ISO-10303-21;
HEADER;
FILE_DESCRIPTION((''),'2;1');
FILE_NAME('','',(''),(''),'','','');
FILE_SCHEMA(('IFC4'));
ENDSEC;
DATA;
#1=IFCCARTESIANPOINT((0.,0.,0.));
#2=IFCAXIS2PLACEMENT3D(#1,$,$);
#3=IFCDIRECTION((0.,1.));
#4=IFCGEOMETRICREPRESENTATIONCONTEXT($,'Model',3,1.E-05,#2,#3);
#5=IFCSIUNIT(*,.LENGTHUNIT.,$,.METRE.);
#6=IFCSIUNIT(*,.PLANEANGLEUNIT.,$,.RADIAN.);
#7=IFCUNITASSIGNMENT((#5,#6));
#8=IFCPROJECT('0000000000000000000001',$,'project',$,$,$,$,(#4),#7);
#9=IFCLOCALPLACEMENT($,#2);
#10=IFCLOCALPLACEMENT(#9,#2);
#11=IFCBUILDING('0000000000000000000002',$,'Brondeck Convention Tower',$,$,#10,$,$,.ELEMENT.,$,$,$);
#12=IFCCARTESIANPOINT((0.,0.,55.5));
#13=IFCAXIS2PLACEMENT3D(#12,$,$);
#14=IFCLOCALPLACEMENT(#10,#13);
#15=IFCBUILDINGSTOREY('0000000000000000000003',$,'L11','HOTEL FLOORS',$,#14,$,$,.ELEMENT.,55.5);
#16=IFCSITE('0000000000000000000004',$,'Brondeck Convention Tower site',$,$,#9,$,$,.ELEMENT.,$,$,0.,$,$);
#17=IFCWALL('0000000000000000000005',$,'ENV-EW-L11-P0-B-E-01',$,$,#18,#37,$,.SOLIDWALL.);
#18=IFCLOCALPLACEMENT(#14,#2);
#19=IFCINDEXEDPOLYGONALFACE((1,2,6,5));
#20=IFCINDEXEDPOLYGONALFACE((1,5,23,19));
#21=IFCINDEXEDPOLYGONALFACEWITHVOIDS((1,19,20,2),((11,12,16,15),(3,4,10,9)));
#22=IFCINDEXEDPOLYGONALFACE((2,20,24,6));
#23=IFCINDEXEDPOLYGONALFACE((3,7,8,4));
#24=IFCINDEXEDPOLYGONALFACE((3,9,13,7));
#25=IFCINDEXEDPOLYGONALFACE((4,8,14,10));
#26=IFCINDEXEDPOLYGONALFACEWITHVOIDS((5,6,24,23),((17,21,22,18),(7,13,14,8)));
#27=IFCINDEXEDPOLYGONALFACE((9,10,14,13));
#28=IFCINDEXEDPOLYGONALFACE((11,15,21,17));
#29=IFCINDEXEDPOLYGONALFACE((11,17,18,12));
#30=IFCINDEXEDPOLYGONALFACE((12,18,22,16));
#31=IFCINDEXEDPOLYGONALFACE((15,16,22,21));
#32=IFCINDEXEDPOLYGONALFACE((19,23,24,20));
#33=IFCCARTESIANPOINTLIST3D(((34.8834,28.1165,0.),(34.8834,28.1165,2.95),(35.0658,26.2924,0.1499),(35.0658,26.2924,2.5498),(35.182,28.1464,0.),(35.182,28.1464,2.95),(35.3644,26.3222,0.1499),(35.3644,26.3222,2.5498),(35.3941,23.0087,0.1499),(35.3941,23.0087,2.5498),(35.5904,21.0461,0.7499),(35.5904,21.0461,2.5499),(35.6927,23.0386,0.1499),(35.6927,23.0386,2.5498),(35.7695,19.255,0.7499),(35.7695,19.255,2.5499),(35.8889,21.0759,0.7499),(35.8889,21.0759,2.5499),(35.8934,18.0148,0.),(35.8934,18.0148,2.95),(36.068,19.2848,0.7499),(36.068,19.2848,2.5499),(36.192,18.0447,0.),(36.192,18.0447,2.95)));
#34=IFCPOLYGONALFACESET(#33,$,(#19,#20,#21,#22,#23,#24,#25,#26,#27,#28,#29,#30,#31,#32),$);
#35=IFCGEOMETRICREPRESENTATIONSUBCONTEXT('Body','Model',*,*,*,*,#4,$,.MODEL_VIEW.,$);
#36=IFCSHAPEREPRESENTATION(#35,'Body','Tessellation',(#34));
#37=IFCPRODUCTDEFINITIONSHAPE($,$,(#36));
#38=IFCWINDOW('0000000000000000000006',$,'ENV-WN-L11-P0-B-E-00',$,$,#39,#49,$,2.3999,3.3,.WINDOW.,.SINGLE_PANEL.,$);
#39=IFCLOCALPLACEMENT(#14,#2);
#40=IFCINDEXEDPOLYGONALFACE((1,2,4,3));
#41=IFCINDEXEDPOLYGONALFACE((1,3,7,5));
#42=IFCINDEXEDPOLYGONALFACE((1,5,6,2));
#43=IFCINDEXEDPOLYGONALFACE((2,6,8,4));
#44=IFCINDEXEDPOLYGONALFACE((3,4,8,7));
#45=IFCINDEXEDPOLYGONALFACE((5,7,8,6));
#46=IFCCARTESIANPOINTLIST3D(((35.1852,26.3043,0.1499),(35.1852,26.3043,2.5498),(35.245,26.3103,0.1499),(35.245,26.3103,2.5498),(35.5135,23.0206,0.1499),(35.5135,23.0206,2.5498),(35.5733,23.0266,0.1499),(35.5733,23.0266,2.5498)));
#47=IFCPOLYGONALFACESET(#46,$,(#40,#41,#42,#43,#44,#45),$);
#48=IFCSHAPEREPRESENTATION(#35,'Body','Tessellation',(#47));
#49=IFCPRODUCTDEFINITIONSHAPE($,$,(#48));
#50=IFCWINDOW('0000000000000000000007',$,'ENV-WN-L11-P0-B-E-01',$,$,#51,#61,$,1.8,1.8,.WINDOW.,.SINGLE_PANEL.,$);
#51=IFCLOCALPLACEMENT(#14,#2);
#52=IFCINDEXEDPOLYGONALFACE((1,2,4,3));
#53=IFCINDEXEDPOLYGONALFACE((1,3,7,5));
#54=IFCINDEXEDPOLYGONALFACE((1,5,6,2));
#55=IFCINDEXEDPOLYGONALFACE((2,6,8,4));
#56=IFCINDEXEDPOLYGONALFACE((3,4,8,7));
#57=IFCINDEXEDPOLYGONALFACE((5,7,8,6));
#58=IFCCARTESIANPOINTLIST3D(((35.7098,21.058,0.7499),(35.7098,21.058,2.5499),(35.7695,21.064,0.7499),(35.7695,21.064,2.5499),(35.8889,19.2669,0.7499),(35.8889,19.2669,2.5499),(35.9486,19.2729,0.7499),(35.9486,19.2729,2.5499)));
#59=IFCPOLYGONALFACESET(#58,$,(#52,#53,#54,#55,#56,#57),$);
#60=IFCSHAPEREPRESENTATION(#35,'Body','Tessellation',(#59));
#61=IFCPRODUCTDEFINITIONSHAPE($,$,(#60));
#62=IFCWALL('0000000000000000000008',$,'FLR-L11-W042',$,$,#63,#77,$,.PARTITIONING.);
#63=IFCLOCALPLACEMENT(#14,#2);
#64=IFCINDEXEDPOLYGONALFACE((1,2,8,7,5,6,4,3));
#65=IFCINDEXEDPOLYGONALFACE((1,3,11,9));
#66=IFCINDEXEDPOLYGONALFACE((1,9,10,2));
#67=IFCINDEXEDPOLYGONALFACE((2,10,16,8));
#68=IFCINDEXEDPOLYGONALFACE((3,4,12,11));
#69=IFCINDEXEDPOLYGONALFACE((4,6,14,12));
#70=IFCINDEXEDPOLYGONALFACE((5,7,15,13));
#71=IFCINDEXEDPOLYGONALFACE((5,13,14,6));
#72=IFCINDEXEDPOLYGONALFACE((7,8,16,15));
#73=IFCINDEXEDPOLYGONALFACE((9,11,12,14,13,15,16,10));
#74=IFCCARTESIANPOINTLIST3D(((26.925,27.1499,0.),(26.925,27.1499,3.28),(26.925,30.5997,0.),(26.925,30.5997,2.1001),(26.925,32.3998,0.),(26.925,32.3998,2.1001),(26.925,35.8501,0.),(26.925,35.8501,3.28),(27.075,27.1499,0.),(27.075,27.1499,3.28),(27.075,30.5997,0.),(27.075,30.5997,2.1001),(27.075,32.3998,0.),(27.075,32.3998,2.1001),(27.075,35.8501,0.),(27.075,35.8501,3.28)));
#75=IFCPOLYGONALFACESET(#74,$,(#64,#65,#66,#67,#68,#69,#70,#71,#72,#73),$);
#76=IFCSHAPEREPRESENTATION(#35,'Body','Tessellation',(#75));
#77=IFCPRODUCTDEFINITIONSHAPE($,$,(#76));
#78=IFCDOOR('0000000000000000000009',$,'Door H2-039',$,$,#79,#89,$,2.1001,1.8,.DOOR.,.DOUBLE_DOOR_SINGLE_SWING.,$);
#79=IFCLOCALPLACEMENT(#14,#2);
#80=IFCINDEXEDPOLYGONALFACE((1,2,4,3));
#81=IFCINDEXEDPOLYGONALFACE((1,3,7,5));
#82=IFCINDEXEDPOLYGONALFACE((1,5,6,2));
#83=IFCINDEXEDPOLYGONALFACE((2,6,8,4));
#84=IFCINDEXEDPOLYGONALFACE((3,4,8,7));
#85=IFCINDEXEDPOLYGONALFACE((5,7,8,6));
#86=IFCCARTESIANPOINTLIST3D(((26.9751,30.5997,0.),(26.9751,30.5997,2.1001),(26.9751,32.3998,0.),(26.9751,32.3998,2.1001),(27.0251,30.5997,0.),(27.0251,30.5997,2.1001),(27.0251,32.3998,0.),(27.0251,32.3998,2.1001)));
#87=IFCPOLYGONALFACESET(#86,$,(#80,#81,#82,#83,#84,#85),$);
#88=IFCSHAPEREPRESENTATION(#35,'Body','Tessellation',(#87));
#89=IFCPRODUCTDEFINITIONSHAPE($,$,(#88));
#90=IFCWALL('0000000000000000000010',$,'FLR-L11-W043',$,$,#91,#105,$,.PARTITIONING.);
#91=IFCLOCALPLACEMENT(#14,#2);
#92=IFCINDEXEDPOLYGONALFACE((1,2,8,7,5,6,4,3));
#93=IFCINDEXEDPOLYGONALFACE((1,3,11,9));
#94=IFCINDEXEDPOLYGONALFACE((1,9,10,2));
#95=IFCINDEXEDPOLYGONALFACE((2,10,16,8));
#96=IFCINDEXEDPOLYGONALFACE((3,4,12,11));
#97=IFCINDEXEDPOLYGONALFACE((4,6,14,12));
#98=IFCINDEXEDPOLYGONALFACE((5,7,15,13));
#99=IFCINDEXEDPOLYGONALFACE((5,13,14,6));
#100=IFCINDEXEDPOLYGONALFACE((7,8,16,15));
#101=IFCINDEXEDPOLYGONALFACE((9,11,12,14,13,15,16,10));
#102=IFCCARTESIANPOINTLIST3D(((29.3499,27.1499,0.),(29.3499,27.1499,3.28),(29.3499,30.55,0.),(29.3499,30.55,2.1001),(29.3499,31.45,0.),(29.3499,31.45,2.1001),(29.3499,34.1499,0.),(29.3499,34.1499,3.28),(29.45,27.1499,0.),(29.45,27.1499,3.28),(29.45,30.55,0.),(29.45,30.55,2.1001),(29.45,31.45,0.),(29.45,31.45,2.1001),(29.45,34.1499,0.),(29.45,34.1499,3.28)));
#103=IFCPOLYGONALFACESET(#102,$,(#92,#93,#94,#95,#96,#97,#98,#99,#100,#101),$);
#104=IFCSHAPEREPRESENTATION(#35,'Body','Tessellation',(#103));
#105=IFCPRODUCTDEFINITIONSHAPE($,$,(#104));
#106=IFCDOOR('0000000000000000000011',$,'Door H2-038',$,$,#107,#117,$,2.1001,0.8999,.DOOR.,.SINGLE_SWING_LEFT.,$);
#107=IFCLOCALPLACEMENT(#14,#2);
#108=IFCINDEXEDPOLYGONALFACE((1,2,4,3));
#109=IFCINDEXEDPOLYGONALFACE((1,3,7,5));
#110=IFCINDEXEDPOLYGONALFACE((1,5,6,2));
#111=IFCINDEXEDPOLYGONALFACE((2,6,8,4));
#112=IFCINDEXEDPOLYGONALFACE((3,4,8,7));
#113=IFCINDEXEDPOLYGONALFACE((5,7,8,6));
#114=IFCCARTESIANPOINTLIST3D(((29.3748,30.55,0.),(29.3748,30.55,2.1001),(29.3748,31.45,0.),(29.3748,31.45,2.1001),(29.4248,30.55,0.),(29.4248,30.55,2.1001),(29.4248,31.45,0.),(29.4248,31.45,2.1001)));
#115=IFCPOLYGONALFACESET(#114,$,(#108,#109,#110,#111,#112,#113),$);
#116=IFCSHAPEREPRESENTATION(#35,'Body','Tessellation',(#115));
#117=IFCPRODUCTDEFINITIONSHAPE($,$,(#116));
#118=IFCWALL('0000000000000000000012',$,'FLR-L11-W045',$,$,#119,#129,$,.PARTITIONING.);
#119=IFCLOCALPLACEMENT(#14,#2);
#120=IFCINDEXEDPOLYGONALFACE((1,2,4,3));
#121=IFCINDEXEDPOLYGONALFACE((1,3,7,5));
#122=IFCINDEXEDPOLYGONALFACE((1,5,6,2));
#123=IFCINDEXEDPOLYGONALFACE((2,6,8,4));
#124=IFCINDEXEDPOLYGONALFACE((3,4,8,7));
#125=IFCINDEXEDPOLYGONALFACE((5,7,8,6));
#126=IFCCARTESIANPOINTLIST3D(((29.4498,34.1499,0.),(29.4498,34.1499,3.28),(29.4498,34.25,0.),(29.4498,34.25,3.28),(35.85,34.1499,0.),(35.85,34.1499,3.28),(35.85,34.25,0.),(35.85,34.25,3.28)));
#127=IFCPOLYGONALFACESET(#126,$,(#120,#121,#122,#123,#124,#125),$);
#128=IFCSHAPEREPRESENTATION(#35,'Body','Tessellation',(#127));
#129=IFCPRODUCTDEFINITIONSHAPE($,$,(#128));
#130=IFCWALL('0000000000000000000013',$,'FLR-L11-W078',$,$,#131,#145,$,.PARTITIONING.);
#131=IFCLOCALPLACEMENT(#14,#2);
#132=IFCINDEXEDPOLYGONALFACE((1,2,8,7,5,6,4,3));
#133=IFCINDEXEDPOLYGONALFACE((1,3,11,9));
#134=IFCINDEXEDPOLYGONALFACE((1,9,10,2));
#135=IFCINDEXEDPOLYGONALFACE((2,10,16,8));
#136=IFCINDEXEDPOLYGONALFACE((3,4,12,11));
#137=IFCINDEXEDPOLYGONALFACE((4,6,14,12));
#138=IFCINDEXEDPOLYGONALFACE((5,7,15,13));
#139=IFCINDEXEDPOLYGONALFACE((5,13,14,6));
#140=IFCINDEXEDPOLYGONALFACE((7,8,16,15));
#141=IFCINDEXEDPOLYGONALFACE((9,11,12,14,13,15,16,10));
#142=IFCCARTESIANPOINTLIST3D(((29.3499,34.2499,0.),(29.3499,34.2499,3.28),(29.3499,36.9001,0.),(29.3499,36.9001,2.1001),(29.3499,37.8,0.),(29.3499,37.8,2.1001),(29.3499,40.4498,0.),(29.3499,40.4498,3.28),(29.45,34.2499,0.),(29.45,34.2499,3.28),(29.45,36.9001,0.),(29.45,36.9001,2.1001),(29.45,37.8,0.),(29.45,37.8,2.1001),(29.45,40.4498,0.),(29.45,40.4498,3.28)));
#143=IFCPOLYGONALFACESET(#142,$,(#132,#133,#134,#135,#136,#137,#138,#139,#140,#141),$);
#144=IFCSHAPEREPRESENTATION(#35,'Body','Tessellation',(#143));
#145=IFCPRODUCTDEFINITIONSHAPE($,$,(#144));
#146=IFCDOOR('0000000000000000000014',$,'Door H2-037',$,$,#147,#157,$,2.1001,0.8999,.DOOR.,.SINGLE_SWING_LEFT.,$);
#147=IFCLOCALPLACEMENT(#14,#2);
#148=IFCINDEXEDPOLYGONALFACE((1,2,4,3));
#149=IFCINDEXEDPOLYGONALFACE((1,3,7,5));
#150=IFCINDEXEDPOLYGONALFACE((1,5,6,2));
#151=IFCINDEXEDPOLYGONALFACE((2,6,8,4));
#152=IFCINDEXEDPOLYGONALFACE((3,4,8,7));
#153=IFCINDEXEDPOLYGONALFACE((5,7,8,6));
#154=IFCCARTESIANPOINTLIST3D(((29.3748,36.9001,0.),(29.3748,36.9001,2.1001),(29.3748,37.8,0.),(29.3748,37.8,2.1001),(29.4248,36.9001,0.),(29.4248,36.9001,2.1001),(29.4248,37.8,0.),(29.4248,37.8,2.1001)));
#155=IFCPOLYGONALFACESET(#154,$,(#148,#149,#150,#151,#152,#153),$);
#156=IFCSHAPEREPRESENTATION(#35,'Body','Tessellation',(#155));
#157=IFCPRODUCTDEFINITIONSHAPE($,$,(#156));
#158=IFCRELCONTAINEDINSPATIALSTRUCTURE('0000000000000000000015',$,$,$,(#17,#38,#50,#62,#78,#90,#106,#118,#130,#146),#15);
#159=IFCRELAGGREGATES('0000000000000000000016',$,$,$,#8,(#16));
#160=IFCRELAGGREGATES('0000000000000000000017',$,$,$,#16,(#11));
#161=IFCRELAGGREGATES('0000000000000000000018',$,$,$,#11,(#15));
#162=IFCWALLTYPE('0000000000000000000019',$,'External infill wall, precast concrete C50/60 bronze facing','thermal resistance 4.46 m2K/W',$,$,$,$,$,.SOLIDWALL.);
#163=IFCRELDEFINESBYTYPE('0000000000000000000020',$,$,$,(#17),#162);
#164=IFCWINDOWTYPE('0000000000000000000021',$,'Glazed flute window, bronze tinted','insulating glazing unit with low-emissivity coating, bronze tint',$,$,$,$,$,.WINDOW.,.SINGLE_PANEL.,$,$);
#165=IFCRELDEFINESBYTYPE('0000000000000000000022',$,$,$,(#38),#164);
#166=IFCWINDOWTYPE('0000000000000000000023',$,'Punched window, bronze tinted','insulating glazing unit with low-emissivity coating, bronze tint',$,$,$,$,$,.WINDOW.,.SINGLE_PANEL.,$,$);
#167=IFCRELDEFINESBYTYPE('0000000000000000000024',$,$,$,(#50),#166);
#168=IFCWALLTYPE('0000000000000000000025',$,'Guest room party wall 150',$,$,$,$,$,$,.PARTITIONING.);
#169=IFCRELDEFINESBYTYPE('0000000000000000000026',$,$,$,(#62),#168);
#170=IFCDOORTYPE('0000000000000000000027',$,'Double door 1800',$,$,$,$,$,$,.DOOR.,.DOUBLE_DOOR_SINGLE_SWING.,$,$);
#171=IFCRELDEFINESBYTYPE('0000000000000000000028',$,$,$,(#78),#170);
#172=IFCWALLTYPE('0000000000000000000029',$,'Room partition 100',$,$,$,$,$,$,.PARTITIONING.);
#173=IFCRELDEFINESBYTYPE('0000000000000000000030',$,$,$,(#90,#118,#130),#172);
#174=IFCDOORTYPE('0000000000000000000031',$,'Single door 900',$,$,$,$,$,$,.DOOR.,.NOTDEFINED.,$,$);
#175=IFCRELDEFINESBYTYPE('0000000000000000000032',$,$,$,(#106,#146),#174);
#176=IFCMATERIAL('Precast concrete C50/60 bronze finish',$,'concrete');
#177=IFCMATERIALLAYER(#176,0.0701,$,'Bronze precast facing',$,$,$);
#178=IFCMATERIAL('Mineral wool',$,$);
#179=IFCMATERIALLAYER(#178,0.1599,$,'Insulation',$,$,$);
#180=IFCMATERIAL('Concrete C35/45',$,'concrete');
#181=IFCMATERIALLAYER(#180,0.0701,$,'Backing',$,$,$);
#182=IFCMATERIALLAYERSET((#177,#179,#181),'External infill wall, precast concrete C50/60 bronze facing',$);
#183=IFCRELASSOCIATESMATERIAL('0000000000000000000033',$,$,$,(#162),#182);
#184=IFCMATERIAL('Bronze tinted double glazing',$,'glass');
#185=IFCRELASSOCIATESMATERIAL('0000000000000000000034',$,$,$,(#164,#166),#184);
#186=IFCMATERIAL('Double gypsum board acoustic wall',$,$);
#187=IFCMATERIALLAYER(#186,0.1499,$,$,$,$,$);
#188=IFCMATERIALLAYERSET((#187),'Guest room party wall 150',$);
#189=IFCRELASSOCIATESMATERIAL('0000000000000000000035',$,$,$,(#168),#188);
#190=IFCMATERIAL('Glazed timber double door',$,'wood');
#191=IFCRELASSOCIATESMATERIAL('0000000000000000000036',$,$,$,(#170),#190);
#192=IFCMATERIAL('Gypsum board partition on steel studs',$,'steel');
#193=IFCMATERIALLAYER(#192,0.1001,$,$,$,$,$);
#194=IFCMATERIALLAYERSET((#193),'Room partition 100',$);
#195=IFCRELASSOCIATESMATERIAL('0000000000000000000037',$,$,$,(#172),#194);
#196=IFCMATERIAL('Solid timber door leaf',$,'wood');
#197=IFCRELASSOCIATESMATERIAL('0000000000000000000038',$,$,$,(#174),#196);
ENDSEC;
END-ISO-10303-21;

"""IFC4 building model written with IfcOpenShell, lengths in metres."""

from ifc_helpers import new_model, si_unit, direction, frame, frame_2d, origin, place, context, subcontext, project, spatial, rectangle, extrude, material, layer, layer_set, type_object, element, fill, save


model = new_model("IFC4")

# Units and contexts
model_context = context("Model", 3, precision=1e-05, world=origin(), true_north=direction((0.0, 1.0)))
body_context = subcontext(model_context, "Body", "Model", "MODEL_VIEW")
ifc_project = project(units=[si_unit("LENGTHUNIT", "METRE"), si_unit("PLANEANGLEUNIT", "RADIAN")], contexts=[model_context])

# Site, building, storey
site_placement = place(None, origin())
site = spatial("IfcSite", under=ifc_project, at=site_placement, Name="Brondeck Convention Tower site", CompositionType="ELEMENT", RefElevation=0.0)
building_placement = place(site_placement, origin())
building = spatial("IfcBuilding", under=site, at=building_placement, Name="Brondeck Convention Tower", CompositionType="ELEMENT")
storey_placement = place(building_placement, frame((0.0, 0.0, 55.5)))
storey = spatial("IfcBuildingStorey", under=building, at=storey_placement, Name="L11", Description="HOTEL FLOORS", CompositionType="ELEMENT", Elevation=55.5)

# Wall, openings, windows
ifc_material_1 = material(Name="Precast concrete C50/60 bronze finish", Category="concrete")
ifc_layer_1 = layer(ifc_material_1, 0.0701, Name="Bronze precast facing")
ifc_material_2 = material(Name="Mineral wool")
ifc_layer_2 = layer(ifc_material_2, 0.1599, Name="Insulation")
ifc_material_3 = material(Name="Concrete C35/45", Category="concrete")
ifc_layer_3 = layer(ifc_material_3, 0.0701, Name="Backing")
ifc_layer_set_1 = layer_set([ifc_layer_1, ifc_layer_2, ifc_layer_3], Name="External infill wall, precast concrete C50/60 bronze facing")
wall_type_1 = type_object("IfcWallType", Name="External infill wall, precast concrete C50/60 bronze facing", Description="thermal resistance 4.46 m2K/W", PredefinedType="SOLIDWALL", material=ifc_layer_set_1)
wall_1_placement = place(storey_placement, frame((35.0327, 28.1316, 0.0), z_axis=(0.0, 0.0, 1.0), x_axis=(0.099487, -0.995039, 0.0)))
wall_1 = element("IfcWall", 1, at=wall_1_placement, inside=storey, type_object=wall_type_1, Name="ENV-EW-L11-P0-B-E-01", PredefinedType="SOLIDWALL", context=body_context, shape_type="SweptSolid", body=[
    extrude(rectangle(XDim=10.1521, YDim=0.3, at=frame_2d((5.0762, 0.0))), origin(), (0.0, 0.0, 1.0), 2.95),
])
opening_1_placement = place(wall_1_placement, frame((1.8335, 0.0, 0.1499)))
opening_1 = element("IfcOpeningElement", 2, at=opening_1_placement, cuts=wall_1, PredefinedType="OPENING", context=body_context, shape_type="SweptSolid", body=[
    extrude(rectangle(XDim=3.3, YDim=2.3999, at=frame_2d((1.6499, 1.2))), frame((0.0, 0.1599, 0.0), z_axis=(0.0, -1.0, 0.0), x_axis=(1.0, 0.0, 0.0)), (0.0, 0.0, 1.0), 0.3201),
])
opening_2_placement = place(wall_1_placement, frame((7.106, 0.0, 0.75)))
opening_2 = element("IfcOpeningElement", 3, at=opening_2_placement, cuts=wall_1, PredefinedType="OPENING", context=body_context, shape_type="SweptSolid", body=[
    extrude(rectangle(XDim=1.8, YDim=1.8, at=frame_2d((0.8999, 0.8999))), frame((0.0, 0.1599, 0.0), z_axis=(0.0, -1.0, 0.0), x_axis=(1.0, 0.0, 0.0)), (0.0, 0.0, 1.0), 0.3201),
])
ifc_material_4 = material(Name="Bronze tinted double glazing", Category="glass")
window_type_1 = type_object("IfcWindowType", Name="Glazed flute window, bronze tinted", Description="insulating glazing unit with low-emissivity coating, bronze tint", PartitioningType="SINGLE_PANEL", PredefinedType="WINDOW", material=ifc_material_4)
window_1_placement = place(opening_1_placement, origin())
window_1 = element("IfcWindow", 4, at=window_1_placement, inside=storey, type_object=window_type_1, Name="ENV-WN-L11-P0-B-E-00", OverallHeight=2.3999, OverallWidth=3.3, PartitioningType="SINGLE_PANEL", PredefinedType="WINDOW", context=body_context, shape_type="SweptSolid", body=[
    extrude(rectangle(XDim=3.3, YDim=2.3999, at=frame_2d((1.6499, 1.2))), frame((0.0, 0.03, 0.0), z_axis=(0.0, -1.0, 0.0), x_axis=(1.0, 0.0, 0.0)), (0.0, 0.0, 1.0), 0.0601),
])
fill(opening_1, window_1)
window_type_2 = type_object("IfcWindowType", Name="Punched window, bronze tinted", Description="insulating glazing unit with low-emissivity coating, bronze tint", PartitioningType="SINGLE_PANEL", PredefinedType="WINDOW", material=ifc_material_4)
window_2_placement = place(opening_2_placement, origin())
window_2 = element("IfcWindow", 5, at=window_2_placement, inside=storey, type_object=window_type_2, Name="ENV-WN-L11-P0-B-E-01", OverallHeight=1.8, OverallWidth=1.8, PartitioningType="SINGLE_PANEL", PredefinedType="WINDOW", context=body_context, shape_type="SweptSolid", body=[
    extrude(rectangle(XDim=1.8, YDim=1.8, at=frame_2d((0.8999, 0.8999))), frame((0.0, 0.03, 0.0), z_axis=(0.0, -1.0, 0.0), x_axis=(1.0, 0.0, 0.0)), (0.0, 0.0, 1.0), 0.0601),
])
fill(opening_2, window_2)

# Walls, openings, doors
ifc_material_5 = material(Name="Double gypsum board acoustic wall")
ifc_layer_4 = layer(ifc_material_5, 0.1499)
ifc_layer_set_2 = layer_set([ifc_layer_4], Name="Guest room party wall 150")
wall_type_2 = type_object("IfcWallType", Name="Guest room party wall 150", PredefinedType="PARTITIONING", material=ifc_layer_set_2)
wall_2_placement = place(storey_placement, frame((27.0, 27.1499, 0.0), z_axis=(0.0, 0.0, 1.0), x_axis=(0.0, 1.0, 0.0)))
wall_2 = element("IfcWall", 6, at=wall_2_placement, inside=storey, type_object=wall_type_2, Name="FLR-L11-W042", PredefinedType="PARTITIONING", context=body_context, shape_type="SweptSolid", body=[
    extrude(rectangle(XDim=8.7002, YDim=0.1499, at=frame_2d((4.3501, 0.0))), origin(), (0.0, 0.0, 1.0), 3.28),
])
opening_3_placement = place(wall_2_placement, frame((3.45, 0.0, 0.0)))
opening_3 = element("IfcOpeningElement", 7, at=opening_3_placement, cuts=wall_2, PredefinedType="OPENING", context=body_context, shape_type="SweptSolid", body=[
    extrude(rectangle(XDim=1.8, YDim=2.1001, at=frame_2d((0.8999, 1.05))), frame((0.0, 0.085, 0.0), z_axis=(0.0, -1.0, 0.0), x_axis=(1.0, 0.0, 0.0)), (0.0, 0.0, 1.0), 0.1699),
])
ifc_material_6 = material(Name="Glazed timber double door", Category="wood")
door_type_1 = type_object("IfcDoorType", Name="Double door 1800", OperationType="DOUBLE_DOOR_SINGLE_SWING", PredefinedType="DOOR", material=ifc_material_6)
door_1_placement = place(opening_3_placement, origin())
door_1 = element("IfcDoor", 8, at=door_1_placement, inside=storey, type_object=door_type_1, Name="Door H2-039", OperationType="DOUBLE_DOOR_SINGLE_SWING", OverallHeight=2.1001, OverallWidth=1.8, PredefinedType="DOOR", context=body_context, shape_type="SweptSolid", body=[
    extrude(rectangle(XDim=1.8, YDim=2.1001, at=frame_2d((0.8999, 1.05))), frame((0.0, 0.0249, 0.0), z_axis=(0.0, -1.0, 0.0), x_axis=(1.0, 0.0, 0.0)), (0.0, 0.0, 1.0), 0.05),
])
fill(opening_3, door_1)
ifc_material_7 = material(Name="Gypsum board partition on steel studs", Category="steel")
ifc_layer_5 = layer(ifc_material_7, 0.1001)
ifc_layer_set_3 = layer_set([ifc_layer_5], Name="Room partition 100")
wall_type_3 = type_object("IfcWallType", Name="Room partition 100", PredefinedType="PARTITIONING", material=ifc_layer_set_3)
wall_3_placement = place(storey_placement, frame((29.3999, 34.1499, 0.0), z_axis=(0.0, 0.0, 1.0), x_axis=(0.0, -1.0, 0.0)))
wall_3 = element("IfcWall", 9, at=wall_3_placement, inside=storey, type_object=wall_type_3, Name="FLR-L11-W043", PredefinedType="PARTITIONING", context=body_context, shape_type="SweptSolid", body=[
    extrude(rectangle(XDim=7.0, YDim=0.1001, at=frame_2d((3.5, 0.0))), origin(), (0.0, 0.0, 1.0), 3.28),
])
opening_4_placement = place(wall_3_placement, frame((2.7, 0.0, 0.0)))
opening_4 = element("IfcOpeningElement", 10, at=opening_4_placement, cuts=wall_3, PredefinedType="OPENING", context=body_context, shape_type="SweptSolid", body=[
    extrude(rectangle(XDim=0.8999, YDim=2.1001, at=frame_2d((0.45, 1.05))), frame((0.0, 0.0601, 0.0), z_axis=(0.0, -1.0, 0.0), x_axis=(1.0, 0.0, 0.0)), (0.0, 0.0, 1.0), 0.1201),
])
ifc_material_8 = material(Name="Solid timber door leaf", Category="wood")
door_type_2 = type_object("IfcDoorType", Name="Single door 900", OperationType="NOTDEFINED", PredefinedType="DOOR", material=ifc_material_8)
door_2_placement = place(opening_4_placement, origin())
door_2 = element("IfcDoor", 11, at=door_2_placement, inside=storey, type_object=door_type_2, Name="Door H2-038", OperationType="SINGLE_SWING_LEFT", OverallHeight=2.1001, OverallWidth=0.8999, PredefinedType="DOOR", context=body_context, shape_type="SweptSolid", body=[
    extrude(rectangle(XDim=0.8999, YDim=2.1001, at=frame_2d((0.45, 1.05))), frame((0.0, 0.0249, 0.0), z_axis=(0.0, -1.0, 0.0), x_axis=(1.0, 0.0, 0.0)), (0.0, 0.0, 1.0), 0.05),
])
fill(opening_4, door_2)

# Wall
wall_4_placement = place(storey_placement, frame((35.8501, 34.2, 0.0), z_axis=(0.0, 0.0, 1.0), x_axis=(-1.0, 0.0, 0.0)))
element("IfcWall", 12, at=wall_4_placement, inside=storey, type_object=wall_type_3, Name="FLR-L11-W045", PredefinedType="PARTITIONING", context=body_context, shape_type="SweptSolid", body=[
    extrude(rectangle(XDim=6.4001, YDim=0.1001, at=frame_2d((3.2002, 0.0))), origin(), (0.0, 0.0, 1.0), 3.28),
])

# Wall, opening, door
wall_5_placement = place(storey_placement, frame((29.3999, 40.45, 0.0), z_axis=(0.0, 0.0, 1.0), x_axis=(0.0, -1.0, 0.0)))
wall_5 = element("IfcWall", 13, at=wall_5_placement, inside=storey, type_object=wall_type_3, Name="FLR-L11-W078", PredefinedType="PARTITIONING", context=body_context, shape_type="SweptSolid", body=[
    extrude(rectangle(XDim=6.2, YDim=0.1001, at=frame_2d((3.1001, 0.0))), origin(), (0.0, 0.0, 1.0), 3.28),
])
opening_5_placement = place(wall_5_placement, frame((2.6499, 0.0, 0.0)))
opening_5 = element("IfcOpeningElement", 14, at=opening_5_placement, cuts=wall_5, PredefinedType="OPENING", context=body_context, shape_type="SweptSolid", body=[
    extrude(rectangle(XDim=0.8999, YDim=2.1001, at=frame_2d((0.45, 1.05))), frame((0.0, 0.0601, 0.0), z_axis=(0.0, -1.0, 0.0), x_axis=(1.0, 0.0, 0.0)), (0.0, 0.0, 1.0), 0.1201),
])
door_3_placement = place(opening_5_placement, origin())
door_3 = element("IfcDoor", 15, at=door_3_placement, inside=storey, type_object=door_type_2, Name="Door H2-037", OperationType="SINGLE_SWING_LEFT", OverallHeight=2.1001, OverallWidth=0.8999, PredefinedType="DOOR", context=body_context, shape_type="SweptSolid", body=[
    extrude(rectangle(XDim=0.8999, YDim=2.1001, at=frame_2d((0.45, 1.05))), frame((0.0, 0.0249, 0.0), z_axis=(0.0, -1.0, 0.0), x_axis=(1.0, 0.0, 0.0)), (0.0, 0.0, 1.0), 0.05),
])
fill(opening_5, door_3)

save(model, "model.ifc")
